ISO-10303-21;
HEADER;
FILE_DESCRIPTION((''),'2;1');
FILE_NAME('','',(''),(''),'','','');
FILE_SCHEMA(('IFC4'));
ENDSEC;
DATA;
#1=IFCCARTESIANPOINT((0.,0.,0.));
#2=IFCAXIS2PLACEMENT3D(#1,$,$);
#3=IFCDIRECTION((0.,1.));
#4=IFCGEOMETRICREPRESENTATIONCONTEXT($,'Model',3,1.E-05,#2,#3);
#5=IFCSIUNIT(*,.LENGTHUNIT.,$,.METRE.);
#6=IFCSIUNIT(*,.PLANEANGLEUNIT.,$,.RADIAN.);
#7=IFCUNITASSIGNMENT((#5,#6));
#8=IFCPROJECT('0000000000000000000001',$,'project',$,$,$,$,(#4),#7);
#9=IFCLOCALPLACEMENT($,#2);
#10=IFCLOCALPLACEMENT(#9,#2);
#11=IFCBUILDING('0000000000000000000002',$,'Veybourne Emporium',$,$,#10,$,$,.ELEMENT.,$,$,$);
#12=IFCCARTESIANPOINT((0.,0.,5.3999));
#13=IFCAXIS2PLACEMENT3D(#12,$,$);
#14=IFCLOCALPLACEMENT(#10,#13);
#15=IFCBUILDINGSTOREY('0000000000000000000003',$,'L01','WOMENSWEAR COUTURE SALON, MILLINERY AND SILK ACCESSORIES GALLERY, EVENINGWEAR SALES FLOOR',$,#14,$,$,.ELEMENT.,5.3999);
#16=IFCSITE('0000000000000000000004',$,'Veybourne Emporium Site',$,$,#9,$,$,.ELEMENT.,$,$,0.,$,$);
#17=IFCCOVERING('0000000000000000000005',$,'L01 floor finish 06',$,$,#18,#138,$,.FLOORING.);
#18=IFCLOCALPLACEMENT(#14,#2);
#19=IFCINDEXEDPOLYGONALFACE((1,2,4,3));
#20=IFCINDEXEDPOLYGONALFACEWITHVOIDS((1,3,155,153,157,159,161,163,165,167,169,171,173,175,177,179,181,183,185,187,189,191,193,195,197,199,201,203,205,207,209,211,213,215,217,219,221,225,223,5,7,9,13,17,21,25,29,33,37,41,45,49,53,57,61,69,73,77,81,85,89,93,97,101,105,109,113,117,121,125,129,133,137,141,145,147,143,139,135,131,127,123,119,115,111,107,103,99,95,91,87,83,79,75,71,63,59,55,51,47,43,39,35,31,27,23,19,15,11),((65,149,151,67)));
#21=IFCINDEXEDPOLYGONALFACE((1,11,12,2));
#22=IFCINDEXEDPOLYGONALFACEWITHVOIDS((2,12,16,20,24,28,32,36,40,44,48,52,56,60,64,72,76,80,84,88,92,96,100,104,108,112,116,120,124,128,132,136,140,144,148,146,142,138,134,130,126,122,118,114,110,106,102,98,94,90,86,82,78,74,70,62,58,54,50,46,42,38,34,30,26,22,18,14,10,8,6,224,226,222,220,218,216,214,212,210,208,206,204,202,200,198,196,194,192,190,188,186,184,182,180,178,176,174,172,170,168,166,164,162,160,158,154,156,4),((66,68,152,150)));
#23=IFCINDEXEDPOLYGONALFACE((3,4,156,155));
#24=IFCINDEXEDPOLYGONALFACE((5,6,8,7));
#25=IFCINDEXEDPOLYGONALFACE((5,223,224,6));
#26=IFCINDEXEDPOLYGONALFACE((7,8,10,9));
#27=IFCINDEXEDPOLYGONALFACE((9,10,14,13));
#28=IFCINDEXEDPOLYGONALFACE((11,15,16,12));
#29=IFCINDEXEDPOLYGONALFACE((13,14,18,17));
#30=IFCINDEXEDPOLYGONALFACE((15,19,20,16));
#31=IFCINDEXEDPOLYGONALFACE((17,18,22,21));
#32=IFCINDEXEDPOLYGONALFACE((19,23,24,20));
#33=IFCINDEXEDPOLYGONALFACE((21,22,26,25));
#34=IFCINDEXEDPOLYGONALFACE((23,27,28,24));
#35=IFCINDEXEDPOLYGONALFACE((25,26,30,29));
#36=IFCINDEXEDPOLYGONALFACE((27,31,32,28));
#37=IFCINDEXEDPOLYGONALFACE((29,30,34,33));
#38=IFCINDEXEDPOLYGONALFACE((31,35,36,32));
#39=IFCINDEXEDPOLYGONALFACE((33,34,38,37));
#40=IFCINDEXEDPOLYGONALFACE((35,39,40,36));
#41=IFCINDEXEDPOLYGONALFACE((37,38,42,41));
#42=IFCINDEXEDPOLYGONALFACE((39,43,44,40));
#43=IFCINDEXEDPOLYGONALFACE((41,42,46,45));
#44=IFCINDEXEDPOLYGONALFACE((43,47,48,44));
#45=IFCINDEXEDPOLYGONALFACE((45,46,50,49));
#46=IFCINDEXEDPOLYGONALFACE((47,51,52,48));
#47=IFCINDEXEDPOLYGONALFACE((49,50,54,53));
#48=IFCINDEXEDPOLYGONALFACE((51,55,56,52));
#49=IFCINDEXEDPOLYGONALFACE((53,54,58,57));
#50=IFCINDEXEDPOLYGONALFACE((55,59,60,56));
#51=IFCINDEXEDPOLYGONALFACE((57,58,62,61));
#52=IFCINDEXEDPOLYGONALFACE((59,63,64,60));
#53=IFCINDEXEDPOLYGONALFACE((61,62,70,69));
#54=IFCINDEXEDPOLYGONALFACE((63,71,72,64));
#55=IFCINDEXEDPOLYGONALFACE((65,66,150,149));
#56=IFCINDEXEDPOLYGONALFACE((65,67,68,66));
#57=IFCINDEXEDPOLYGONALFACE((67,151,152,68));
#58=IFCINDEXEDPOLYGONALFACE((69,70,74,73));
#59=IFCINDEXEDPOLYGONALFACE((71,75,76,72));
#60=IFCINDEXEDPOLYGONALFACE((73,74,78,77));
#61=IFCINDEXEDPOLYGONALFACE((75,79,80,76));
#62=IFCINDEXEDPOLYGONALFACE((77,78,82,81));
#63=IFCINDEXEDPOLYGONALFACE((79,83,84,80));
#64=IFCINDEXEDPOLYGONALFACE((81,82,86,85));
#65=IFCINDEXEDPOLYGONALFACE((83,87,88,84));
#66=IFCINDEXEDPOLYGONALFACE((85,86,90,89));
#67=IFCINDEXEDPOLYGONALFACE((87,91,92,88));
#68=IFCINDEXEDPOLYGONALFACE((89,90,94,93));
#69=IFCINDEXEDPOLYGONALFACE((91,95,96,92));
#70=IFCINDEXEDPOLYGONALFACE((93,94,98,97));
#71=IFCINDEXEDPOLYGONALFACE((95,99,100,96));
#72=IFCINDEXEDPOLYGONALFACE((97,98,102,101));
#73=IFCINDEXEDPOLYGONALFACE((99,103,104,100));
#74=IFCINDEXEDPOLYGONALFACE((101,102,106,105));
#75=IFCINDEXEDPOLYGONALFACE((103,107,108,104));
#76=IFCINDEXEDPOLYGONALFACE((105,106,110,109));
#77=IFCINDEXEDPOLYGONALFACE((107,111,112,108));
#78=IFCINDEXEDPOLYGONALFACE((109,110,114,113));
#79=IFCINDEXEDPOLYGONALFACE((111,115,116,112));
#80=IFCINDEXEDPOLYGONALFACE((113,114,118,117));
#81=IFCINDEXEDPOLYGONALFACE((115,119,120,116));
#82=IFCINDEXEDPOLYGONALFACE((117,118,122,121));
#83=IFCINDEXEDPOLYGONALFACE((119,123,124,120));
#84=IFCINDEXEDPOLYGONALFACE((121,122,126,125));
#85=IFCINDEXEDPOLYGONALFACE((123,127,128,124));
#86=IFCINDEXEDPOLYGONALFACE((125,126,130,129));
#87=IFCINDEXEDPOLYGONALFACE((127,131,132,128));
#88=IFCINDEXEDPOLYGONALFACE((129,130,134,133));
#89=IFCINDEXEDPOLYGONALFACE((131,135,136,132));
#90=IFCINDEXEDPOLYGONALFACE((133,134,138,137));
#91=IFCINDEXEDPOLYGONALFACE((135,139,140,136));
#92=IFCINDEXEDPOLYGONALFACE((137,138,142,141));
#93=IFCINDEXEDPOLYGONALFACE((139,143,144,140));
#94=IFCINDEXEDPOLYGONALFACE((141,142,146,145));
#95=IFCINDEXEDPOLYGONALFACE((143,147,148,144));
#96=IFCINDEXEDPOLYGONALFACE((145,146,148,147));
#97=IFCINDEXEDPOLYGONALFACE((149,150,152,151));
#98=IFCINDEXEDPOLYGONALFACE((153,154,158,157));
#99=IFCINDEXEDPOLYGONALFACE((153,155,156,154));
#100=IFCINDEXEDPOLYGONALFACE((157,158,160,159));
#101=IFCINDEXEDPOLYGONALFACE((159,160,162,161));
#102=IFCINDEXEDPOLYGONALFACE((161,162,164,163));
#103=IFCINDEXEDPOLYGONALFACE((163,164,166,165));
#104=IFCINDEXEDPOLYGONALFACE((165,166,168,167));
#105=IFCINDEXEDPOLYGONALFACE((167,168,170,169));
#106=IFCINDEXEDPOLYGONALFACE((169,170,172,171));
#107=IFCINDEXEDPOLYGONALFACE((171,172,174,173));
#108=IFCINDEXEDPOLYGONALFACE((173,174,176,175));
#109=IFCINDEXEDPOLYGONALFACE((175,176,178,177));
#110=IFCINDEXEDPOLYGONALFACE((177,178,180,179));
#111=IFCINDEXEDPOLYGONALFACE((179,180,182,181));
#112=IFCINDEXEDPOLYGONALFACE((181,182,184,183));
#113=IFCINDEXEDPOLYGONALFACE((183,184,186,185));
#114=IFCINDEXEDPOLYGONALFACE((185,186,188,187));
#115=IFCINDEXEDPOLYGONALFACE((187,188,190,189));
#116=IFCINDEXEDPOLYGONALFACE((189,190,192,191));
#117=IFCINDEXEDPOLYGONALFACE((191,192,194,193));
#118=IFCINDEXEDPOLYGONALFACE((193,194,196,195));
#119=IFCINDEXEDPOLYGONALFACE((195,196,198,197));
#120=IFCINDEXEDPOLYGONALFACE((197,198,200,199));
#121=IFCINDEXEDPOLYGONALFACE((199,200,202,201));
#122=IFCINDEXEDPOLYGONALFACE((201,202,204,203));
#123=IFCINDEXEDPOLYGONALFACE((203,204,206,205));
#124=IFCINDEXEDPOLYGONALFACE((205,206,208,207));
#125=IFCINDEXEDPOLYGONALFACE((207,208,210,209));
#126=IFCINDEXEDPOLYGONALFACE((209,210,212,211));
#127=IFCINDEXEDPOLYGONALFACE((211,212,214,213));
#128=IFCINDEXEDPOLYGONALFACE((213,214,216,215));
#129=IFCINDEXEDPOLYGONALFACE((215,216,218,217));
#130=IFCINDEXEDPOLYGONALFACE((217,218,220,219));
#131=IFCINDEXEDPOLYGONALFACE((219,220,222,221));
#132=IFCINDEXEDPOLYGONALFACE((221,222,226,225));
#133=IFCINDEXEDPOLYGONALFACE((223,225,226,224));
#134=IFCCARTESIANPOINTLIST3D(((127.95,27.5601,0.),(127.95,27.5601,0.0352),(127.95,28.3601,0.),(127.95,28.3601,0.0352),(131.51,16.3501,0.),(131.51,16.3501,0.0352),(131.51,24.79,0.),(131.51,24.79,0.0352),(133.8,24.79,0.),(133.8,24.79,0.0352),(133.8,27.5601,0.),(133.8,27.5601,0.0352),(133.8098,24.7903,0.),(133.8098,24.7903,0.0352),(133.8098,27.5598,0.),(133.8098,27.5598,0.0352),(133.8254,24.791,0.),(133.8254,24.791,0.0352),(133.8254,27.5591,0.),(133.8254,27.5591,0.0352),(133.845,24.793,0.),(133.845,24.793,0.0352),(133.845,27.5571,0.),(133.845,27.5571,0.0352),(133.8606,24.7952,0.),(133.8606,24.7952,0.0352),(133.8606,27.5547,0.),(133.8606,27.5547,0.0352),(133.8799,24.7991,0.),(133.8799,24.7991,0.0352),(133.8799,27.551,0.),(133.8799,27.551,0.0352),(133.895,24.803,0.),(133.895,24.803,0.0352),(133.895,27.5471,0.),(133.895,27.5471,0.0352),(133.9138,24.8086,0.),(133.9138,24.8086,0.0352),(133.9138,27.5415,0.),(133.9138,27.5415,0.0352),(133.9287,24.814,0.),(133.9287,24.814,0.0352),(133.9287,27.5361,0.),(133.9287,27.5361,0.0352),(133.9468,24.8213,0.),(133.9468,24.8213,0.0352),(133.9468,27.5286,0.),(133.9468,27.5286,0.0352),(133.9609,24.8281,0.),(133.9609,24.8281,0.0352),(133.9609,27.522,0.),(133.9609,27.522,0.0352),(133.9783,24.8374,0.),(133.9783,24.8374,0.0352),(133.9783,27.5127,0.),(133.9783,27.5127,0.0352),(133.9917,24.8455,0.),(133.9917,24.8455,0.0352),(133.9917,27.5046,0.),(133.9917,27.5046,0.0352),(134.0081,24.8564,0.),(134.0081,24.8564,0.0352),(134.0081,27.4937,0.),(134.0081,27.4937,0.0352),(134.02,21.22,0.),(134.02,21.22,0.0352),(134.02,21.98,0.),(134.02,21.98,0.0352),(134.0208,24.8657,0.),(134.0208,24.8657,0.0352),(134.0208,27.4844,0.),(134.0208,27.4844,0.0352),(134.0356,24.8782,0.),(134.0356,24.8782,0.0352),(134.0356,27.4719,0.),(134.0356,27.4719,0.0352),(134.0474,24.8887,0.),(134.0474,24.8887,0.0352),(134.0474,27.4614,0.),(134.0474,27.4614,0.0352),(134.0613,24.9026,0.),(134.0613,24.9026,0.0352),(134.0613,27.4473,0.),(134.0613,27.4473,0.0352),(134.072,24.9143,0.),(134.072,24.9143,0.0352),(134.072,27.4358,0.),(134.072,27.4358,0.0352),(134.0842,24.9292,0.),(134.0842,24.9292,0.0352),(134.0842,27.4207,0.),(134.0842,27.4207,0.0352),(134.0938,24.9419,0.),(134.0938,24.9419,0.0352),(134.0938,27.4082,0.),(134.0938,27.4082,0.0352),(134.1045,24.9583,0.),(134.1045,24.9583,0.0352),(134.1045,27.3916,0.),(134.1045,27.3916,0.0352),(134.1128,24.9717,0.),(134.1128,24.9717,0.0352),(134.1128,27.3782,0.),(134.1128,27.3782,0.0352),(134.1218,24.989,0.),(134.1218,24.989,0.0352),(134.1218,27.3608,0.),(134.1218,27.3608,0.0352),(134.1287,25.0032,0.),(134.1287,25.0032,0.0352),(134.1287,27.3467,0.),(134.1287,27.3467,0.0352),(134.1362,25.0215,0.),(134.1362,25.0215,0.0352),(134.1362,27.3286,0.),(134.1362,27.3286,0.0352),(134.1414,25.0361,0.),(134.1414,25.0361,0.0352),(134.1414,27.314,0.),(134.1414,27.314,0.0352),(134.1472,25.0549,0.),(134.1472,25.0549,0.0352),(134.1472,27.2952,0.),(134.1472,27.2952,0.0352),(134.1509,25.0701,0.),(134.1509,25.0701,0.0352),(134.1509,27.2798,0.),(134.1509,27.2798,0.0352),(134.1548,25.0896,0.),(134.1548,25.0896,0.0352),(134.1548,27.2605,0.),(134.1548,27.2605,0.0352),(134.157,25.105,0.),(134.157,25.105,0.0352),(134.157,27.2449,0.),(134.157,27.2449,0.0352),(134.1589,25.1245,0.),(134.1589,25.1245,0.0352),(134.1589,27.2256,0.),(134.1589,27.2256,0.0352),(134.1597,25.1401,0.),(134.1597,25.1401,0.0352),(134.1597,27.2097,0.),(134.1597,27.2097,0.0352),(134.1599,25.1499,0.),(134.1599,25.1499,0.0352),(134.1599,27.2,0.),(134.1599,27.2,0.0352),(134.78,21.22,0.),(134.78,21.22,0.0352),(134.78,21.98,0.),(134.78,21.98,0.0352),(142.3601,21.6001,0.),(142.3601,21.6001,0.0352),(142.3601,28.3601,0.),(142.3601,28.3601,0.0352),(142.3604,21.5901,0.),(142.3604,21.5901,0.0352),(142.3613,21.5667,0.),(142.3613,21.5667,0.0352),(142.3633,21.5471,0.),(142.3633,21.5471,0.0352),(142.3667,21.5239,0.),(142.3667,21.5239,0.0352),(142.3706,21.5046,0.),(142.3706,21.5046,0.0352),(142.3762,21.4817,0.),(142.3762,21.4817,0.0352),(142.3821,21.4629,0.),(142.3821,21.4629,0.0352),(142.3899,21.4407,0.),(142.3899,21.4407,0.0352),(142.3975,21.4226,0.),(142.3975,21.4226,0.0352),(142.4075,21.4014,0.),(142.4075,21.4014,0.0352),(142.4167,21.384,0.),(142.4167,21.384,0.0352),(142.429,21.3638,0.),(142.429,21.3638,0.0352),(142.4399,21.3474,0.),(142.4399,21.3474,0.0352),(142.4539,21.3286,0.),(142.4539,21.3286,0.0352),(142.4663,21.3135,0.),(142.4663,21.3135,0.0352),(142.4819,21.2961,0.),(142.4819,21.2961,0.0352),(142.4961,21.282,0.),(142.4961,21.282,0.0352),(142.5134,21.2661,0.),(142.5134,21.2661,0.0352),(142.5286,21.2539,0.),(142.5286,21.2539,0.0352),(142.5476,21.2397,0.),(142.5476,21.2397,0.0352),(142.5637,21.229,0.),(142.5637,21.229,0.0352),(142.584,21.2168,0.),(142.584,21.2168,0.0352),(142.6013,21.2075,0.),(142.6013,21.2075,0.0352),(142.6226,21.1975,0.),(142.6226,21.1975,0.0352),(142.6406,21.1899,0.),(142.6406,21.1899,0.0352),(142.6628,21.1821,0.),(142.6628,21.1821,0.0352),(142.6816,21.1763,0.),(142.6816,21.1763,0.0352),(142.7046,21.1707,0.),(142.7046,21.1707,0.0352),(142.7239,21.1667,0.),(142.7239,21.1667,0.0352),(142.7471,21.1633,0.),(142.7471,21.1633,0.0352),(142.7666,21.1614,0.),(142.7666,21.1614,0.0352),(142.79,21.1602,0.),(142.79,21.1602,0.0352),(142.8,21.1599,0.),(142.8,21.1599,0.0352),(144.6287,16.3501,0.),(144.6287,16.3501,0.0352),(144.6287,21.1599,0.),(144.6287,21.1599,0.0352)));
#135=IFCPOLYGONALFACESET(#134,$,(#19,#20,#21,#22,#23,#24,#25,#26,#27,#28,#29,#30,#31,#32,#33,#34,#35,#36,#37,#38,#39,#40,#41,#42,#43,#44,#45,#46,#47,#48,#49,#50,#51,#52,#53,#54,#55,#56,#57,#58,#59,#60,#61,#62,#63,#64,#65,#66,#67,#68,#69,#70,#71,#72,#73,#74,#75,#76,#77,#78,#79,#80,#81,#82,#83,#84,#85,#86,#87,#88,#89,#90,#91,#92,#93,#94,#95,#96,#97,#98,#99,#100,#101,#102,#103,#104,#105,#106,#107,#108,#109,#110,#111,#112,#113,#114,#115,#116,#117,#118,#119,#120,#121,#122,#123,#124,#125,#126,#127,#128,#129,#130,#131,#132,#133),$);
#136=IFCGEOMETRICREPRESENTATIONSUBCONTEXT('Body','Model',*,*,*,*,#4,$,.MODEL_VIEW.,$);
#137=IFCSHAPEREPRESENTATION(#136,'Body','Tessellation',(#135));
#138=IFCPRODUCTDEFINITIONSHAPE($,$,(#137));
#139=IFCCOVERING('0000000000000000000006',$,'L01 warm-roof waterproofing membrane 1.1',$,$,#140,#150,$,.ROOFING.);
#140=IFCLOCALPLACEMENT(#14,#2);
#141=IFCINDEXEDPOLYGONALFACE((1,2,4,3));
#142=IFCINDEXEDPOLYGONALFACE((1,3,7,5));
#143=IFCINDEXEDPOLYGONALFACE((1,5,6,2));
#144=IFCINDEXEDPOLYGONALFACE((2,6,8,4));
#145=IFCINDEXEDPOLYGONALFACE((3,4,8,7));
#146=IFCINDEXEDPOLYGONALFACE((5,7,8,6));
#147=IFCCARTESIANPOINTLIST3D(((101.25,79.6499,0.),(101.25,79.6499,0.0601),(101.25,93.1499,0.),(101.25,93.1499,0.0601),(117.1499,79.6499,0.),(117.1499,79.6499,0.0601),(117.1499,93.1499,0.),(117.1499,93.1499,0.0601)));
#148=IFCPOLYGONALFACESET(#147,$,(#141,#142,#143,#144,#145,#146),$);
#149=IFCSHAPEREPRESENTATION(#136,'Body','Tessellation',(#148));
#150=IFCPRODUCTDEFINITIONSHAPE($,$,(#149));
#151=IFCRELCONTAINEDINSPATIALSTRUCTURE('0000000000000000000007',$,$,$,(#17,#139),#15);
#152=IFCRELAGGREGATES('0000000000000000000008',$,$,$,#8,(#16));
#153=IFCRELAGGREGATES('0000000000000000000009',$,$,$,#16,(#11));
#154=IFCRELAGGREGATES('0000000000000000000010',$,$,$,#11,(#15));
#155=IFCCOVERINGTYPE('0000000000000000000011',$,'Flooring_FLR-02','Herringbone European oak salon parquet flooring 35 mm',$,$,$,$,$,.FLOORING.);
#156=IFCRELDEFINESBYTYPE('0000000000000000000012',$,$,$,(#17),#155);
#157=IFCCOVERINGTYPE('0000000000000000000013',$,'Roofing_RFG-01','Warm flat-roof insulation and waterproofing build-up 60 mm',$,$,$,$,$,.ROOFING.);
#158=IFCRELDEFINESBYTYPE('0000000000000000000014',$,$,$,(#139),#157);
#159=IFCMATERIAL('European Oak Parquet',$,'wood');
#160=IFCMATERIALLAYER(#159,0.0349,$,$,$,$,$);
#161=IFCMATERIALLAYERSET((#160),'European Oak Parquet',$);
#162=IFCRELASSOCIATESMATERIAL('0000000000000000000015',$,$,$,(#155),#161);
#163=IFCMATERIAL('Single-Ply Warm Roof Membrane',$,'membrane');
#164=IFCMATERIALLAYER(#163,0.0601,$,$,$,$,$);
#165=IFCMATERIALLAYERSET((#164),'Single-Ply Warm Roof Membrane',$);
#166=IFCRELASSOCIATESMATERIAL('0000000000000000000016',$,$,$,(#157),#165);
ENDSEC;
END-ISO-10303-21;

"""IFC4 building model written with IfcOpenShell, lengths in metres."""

from ifc_helpers import new_model, si_unit, direction, frame, origin, place, context, subcontext, project, spatial, polyline, outline, extrude, material, layer, layer_set, type_object, element, save


model = new_model("IFC4")

# Units and contexts
model_context = context("Model", 3, precision=1e-05, world=origin(), true_north=direction((0.0, 1.0)))
body_context = subcontext(model_context, "Body", "Model", "MODEL_VIEW")
ifc_project = project(units=[si_unit("LENGTHUNIT", "METRE"), si_unit("PLANEANGLEUNIT", "RADIAN")], contexts=[model_context])

# Site, building, storey
site_placement = place(None, origin())
site = spatial("IfcSite", under=ifc_project, at=site_placement, Name="Veybourne Emporium Site", CompositionType="ELEMENT", RefElevation=0.0)
building_placement = place(site_placement, origin())
building = spatial("IfcBuilding", under=site, at=building_placement, Name="Veybourne Emporium", CompositionType="ELEMENT")
storey_placement = place(building_placement, frame((0.0, 0.0, 5.3999)))
storey = spatial("IfcBuildingStorey", under=building, at=storey_placement, Name="L01", Description="WOMENSWEAR COUTURE SALON, MILLINERY AND SILK ACCESSORIES GALLERY, EVENINGWEAR SALES FLOOR", CompositionType="ELEMENT", Elevation=5.3999)

# Coverings
ifc_material_1 = material(Name="European Oak Parquet", Category="wood")
ifc_layer_1 = layer(ifc_material_1, 0.0349)
ifc_layer_set_1 = layer_set([ifc_layer_1], Name="European Oak Parquet")
covering_type_1 = type_object("IfcCoveringType", Name="Flooring_FLR-02", Description="Herringbone European oak salon parquet flooring 35 mm", PredefinedType="FLOORING", material=ifc_layer_set_1)
covering_1_placement = place(storey_placement, origin())
element("IfcCovering", 1, at=covering_1_placement, inside=storey, type_object=covering_type_1, Name="L01 floor finish 06", PredefinedType="FLOORING", context=body_context, shape_type="SweptSolid", body=[
    extrude(outline(polyline([(133.8, 24.79), (133.8098, 24.7903), (133.8254, 24.791), (133.845, 24.793), (133.8606, 24.7952), (133.8799, 24.7991), (133.895, 24.803), (133.9138, 24.8086), (133.9287, 24.814), (133.9468, 24.8213), (133.9609, 24.8281), (133.9783, 24.8374), (133.9917, 24.8455), (134.0081, 24.8564), (134.0208, 24.8657), (134.0356, 24.8782), (134.0474, 24.8887), (134.0613, 24.9026), (134.072, 24.9143), (134.0842, 24.9292), (134.0938, 24.9419), (134.1045, 24.9583), (134.1128, 24.9717), (134.1218, 24.989), (134.1287, 25.0032), (134.1362, 25.0215), (134.1414, 25.0361), (134.1472, 25.0549), (134.1509, 25.0701), (134.1548, 25.0896), (134.157, 25.105), (134.1589, 25.1245), (134.1597, 25.1401), (134.1599, 25.1499), (134.1599, 27.2), (134.1597, 27.2097), (134.1589, 27.2256), (134.157, 27.2449), (134.1548, 27.2605), (134.1509, 27.2798), (134.1472, 27.2952), (134.1414, 27.314), (134.1362, 27.3286), (134.1287, 27.3467), (134.1218, 27.3608), (134.1128, 27.3782), (134.1045, 27.3916), (134.0938, 27.4082), (134.0842, 27.4207), (134.072, 27.4358), (134.0613, 27.4473), (134.0474, 27.4614), (134.0356, 27.4719), (134.0208, 27.4844), (134.0081, 27.4937), (133.9917, 27.5046), (133.9783, 27.5127), (133.9609, 27.522), (133.9468, 27.5286), (133.9287, 27.5361), (133.9138, 27.5415), (133.895, 27.5471), (133.8799, 27.551), (133.8606, 27.5547), (133.845, 27.5571), (133.8254, 27.5591), (133.8098, 27.5598), (133.8, 27.5601), (127.95, 27.5601), (127.95, 28.3601), (142.3601, 28.3601), (142.3601, 21.6001), (142.3604, 21.5901), (142.3613, 21.5667), (142.3633, 21.5471), (142.3667, 21.5239), (142.3706, 21.5046), (142.3762, 21.4817), (142.3821, 21.4629), (142.3899, 21.4407), (142.3975, 21.4226), (142.4075, 21.4014), (142.4167, 21.384), (142.429, 21.3638), (142.4399, 21.3474), (142.4539, 21.3286), (142.4663, 21.3135), (142.4819, 21.2961), (142.4961, 21.282), (142.5134, 21.2661), (142.5286, 21.2539), (142.5476, 21.2397), (142.5637, 21.229), (142.584, 21.2168), (142.6013, 21.2075), (142.6226, 21.1975), (142.6406, 21.1899), (142.6628, 21.1821), (142.6816, 21.1763), (142.7046, 21.1707), (142.7239, 21.1667), (142.7471, 21.1633), (142.7666, 21.1614), (142.79, 21.1602), (142.8, 21.1599), (144.6287, 21.1599), (144.6287, 16.3501), (131.51, 16.3501), (131.51, 24.79), (133.8, 24.79)]), holes=[polyline([(134.78, 21.98), (134.02, 21.98), (134.02, 21.22), (134.78, 21.22), (134.78, 21.98)])]), origin(), (0.0, 0.0, 1.0), 0.0352),
])
ifc_material_2 = material(Name="Single-Ply Warm Roof Membrane", Category="membrane")
ifc_layer_2 = layer(ifc_material_2, 0.0601)
ifc_layer_set_2 = layer_set([ifc_layer_2], Name="Single-Ply Warm Roof Membrane")
covering_type_2 = type_object("IfcCoveringType", Name="Roofing_RFG-01", Description="Warm flat-roof insulation and waterproofing build-up 60 mm", PredefinedType="ROOFING", material=ifc_layer_set_2)
covering_2_placement = place(storey_placement, origin())
element("IfcCovering", 2, at=covering_2_placement, inside=storey, type_object=covering_type_2, Name="L01 warm-roof waterproofing membrane 1.1", PredefinedType="ROOFING", context=body_context, shape_type="SweptSolid", body=[
    extrude(outline(polyline([(101.25, 93.1499), (117.1499, 93.1499), (117.1499, 79.6499), (101.25, 79.6499), (101.25, 93.1499)])), origin(), (0.0, 0.0, 1.0), 0.0601),
])

save(model, "model.ifc")
